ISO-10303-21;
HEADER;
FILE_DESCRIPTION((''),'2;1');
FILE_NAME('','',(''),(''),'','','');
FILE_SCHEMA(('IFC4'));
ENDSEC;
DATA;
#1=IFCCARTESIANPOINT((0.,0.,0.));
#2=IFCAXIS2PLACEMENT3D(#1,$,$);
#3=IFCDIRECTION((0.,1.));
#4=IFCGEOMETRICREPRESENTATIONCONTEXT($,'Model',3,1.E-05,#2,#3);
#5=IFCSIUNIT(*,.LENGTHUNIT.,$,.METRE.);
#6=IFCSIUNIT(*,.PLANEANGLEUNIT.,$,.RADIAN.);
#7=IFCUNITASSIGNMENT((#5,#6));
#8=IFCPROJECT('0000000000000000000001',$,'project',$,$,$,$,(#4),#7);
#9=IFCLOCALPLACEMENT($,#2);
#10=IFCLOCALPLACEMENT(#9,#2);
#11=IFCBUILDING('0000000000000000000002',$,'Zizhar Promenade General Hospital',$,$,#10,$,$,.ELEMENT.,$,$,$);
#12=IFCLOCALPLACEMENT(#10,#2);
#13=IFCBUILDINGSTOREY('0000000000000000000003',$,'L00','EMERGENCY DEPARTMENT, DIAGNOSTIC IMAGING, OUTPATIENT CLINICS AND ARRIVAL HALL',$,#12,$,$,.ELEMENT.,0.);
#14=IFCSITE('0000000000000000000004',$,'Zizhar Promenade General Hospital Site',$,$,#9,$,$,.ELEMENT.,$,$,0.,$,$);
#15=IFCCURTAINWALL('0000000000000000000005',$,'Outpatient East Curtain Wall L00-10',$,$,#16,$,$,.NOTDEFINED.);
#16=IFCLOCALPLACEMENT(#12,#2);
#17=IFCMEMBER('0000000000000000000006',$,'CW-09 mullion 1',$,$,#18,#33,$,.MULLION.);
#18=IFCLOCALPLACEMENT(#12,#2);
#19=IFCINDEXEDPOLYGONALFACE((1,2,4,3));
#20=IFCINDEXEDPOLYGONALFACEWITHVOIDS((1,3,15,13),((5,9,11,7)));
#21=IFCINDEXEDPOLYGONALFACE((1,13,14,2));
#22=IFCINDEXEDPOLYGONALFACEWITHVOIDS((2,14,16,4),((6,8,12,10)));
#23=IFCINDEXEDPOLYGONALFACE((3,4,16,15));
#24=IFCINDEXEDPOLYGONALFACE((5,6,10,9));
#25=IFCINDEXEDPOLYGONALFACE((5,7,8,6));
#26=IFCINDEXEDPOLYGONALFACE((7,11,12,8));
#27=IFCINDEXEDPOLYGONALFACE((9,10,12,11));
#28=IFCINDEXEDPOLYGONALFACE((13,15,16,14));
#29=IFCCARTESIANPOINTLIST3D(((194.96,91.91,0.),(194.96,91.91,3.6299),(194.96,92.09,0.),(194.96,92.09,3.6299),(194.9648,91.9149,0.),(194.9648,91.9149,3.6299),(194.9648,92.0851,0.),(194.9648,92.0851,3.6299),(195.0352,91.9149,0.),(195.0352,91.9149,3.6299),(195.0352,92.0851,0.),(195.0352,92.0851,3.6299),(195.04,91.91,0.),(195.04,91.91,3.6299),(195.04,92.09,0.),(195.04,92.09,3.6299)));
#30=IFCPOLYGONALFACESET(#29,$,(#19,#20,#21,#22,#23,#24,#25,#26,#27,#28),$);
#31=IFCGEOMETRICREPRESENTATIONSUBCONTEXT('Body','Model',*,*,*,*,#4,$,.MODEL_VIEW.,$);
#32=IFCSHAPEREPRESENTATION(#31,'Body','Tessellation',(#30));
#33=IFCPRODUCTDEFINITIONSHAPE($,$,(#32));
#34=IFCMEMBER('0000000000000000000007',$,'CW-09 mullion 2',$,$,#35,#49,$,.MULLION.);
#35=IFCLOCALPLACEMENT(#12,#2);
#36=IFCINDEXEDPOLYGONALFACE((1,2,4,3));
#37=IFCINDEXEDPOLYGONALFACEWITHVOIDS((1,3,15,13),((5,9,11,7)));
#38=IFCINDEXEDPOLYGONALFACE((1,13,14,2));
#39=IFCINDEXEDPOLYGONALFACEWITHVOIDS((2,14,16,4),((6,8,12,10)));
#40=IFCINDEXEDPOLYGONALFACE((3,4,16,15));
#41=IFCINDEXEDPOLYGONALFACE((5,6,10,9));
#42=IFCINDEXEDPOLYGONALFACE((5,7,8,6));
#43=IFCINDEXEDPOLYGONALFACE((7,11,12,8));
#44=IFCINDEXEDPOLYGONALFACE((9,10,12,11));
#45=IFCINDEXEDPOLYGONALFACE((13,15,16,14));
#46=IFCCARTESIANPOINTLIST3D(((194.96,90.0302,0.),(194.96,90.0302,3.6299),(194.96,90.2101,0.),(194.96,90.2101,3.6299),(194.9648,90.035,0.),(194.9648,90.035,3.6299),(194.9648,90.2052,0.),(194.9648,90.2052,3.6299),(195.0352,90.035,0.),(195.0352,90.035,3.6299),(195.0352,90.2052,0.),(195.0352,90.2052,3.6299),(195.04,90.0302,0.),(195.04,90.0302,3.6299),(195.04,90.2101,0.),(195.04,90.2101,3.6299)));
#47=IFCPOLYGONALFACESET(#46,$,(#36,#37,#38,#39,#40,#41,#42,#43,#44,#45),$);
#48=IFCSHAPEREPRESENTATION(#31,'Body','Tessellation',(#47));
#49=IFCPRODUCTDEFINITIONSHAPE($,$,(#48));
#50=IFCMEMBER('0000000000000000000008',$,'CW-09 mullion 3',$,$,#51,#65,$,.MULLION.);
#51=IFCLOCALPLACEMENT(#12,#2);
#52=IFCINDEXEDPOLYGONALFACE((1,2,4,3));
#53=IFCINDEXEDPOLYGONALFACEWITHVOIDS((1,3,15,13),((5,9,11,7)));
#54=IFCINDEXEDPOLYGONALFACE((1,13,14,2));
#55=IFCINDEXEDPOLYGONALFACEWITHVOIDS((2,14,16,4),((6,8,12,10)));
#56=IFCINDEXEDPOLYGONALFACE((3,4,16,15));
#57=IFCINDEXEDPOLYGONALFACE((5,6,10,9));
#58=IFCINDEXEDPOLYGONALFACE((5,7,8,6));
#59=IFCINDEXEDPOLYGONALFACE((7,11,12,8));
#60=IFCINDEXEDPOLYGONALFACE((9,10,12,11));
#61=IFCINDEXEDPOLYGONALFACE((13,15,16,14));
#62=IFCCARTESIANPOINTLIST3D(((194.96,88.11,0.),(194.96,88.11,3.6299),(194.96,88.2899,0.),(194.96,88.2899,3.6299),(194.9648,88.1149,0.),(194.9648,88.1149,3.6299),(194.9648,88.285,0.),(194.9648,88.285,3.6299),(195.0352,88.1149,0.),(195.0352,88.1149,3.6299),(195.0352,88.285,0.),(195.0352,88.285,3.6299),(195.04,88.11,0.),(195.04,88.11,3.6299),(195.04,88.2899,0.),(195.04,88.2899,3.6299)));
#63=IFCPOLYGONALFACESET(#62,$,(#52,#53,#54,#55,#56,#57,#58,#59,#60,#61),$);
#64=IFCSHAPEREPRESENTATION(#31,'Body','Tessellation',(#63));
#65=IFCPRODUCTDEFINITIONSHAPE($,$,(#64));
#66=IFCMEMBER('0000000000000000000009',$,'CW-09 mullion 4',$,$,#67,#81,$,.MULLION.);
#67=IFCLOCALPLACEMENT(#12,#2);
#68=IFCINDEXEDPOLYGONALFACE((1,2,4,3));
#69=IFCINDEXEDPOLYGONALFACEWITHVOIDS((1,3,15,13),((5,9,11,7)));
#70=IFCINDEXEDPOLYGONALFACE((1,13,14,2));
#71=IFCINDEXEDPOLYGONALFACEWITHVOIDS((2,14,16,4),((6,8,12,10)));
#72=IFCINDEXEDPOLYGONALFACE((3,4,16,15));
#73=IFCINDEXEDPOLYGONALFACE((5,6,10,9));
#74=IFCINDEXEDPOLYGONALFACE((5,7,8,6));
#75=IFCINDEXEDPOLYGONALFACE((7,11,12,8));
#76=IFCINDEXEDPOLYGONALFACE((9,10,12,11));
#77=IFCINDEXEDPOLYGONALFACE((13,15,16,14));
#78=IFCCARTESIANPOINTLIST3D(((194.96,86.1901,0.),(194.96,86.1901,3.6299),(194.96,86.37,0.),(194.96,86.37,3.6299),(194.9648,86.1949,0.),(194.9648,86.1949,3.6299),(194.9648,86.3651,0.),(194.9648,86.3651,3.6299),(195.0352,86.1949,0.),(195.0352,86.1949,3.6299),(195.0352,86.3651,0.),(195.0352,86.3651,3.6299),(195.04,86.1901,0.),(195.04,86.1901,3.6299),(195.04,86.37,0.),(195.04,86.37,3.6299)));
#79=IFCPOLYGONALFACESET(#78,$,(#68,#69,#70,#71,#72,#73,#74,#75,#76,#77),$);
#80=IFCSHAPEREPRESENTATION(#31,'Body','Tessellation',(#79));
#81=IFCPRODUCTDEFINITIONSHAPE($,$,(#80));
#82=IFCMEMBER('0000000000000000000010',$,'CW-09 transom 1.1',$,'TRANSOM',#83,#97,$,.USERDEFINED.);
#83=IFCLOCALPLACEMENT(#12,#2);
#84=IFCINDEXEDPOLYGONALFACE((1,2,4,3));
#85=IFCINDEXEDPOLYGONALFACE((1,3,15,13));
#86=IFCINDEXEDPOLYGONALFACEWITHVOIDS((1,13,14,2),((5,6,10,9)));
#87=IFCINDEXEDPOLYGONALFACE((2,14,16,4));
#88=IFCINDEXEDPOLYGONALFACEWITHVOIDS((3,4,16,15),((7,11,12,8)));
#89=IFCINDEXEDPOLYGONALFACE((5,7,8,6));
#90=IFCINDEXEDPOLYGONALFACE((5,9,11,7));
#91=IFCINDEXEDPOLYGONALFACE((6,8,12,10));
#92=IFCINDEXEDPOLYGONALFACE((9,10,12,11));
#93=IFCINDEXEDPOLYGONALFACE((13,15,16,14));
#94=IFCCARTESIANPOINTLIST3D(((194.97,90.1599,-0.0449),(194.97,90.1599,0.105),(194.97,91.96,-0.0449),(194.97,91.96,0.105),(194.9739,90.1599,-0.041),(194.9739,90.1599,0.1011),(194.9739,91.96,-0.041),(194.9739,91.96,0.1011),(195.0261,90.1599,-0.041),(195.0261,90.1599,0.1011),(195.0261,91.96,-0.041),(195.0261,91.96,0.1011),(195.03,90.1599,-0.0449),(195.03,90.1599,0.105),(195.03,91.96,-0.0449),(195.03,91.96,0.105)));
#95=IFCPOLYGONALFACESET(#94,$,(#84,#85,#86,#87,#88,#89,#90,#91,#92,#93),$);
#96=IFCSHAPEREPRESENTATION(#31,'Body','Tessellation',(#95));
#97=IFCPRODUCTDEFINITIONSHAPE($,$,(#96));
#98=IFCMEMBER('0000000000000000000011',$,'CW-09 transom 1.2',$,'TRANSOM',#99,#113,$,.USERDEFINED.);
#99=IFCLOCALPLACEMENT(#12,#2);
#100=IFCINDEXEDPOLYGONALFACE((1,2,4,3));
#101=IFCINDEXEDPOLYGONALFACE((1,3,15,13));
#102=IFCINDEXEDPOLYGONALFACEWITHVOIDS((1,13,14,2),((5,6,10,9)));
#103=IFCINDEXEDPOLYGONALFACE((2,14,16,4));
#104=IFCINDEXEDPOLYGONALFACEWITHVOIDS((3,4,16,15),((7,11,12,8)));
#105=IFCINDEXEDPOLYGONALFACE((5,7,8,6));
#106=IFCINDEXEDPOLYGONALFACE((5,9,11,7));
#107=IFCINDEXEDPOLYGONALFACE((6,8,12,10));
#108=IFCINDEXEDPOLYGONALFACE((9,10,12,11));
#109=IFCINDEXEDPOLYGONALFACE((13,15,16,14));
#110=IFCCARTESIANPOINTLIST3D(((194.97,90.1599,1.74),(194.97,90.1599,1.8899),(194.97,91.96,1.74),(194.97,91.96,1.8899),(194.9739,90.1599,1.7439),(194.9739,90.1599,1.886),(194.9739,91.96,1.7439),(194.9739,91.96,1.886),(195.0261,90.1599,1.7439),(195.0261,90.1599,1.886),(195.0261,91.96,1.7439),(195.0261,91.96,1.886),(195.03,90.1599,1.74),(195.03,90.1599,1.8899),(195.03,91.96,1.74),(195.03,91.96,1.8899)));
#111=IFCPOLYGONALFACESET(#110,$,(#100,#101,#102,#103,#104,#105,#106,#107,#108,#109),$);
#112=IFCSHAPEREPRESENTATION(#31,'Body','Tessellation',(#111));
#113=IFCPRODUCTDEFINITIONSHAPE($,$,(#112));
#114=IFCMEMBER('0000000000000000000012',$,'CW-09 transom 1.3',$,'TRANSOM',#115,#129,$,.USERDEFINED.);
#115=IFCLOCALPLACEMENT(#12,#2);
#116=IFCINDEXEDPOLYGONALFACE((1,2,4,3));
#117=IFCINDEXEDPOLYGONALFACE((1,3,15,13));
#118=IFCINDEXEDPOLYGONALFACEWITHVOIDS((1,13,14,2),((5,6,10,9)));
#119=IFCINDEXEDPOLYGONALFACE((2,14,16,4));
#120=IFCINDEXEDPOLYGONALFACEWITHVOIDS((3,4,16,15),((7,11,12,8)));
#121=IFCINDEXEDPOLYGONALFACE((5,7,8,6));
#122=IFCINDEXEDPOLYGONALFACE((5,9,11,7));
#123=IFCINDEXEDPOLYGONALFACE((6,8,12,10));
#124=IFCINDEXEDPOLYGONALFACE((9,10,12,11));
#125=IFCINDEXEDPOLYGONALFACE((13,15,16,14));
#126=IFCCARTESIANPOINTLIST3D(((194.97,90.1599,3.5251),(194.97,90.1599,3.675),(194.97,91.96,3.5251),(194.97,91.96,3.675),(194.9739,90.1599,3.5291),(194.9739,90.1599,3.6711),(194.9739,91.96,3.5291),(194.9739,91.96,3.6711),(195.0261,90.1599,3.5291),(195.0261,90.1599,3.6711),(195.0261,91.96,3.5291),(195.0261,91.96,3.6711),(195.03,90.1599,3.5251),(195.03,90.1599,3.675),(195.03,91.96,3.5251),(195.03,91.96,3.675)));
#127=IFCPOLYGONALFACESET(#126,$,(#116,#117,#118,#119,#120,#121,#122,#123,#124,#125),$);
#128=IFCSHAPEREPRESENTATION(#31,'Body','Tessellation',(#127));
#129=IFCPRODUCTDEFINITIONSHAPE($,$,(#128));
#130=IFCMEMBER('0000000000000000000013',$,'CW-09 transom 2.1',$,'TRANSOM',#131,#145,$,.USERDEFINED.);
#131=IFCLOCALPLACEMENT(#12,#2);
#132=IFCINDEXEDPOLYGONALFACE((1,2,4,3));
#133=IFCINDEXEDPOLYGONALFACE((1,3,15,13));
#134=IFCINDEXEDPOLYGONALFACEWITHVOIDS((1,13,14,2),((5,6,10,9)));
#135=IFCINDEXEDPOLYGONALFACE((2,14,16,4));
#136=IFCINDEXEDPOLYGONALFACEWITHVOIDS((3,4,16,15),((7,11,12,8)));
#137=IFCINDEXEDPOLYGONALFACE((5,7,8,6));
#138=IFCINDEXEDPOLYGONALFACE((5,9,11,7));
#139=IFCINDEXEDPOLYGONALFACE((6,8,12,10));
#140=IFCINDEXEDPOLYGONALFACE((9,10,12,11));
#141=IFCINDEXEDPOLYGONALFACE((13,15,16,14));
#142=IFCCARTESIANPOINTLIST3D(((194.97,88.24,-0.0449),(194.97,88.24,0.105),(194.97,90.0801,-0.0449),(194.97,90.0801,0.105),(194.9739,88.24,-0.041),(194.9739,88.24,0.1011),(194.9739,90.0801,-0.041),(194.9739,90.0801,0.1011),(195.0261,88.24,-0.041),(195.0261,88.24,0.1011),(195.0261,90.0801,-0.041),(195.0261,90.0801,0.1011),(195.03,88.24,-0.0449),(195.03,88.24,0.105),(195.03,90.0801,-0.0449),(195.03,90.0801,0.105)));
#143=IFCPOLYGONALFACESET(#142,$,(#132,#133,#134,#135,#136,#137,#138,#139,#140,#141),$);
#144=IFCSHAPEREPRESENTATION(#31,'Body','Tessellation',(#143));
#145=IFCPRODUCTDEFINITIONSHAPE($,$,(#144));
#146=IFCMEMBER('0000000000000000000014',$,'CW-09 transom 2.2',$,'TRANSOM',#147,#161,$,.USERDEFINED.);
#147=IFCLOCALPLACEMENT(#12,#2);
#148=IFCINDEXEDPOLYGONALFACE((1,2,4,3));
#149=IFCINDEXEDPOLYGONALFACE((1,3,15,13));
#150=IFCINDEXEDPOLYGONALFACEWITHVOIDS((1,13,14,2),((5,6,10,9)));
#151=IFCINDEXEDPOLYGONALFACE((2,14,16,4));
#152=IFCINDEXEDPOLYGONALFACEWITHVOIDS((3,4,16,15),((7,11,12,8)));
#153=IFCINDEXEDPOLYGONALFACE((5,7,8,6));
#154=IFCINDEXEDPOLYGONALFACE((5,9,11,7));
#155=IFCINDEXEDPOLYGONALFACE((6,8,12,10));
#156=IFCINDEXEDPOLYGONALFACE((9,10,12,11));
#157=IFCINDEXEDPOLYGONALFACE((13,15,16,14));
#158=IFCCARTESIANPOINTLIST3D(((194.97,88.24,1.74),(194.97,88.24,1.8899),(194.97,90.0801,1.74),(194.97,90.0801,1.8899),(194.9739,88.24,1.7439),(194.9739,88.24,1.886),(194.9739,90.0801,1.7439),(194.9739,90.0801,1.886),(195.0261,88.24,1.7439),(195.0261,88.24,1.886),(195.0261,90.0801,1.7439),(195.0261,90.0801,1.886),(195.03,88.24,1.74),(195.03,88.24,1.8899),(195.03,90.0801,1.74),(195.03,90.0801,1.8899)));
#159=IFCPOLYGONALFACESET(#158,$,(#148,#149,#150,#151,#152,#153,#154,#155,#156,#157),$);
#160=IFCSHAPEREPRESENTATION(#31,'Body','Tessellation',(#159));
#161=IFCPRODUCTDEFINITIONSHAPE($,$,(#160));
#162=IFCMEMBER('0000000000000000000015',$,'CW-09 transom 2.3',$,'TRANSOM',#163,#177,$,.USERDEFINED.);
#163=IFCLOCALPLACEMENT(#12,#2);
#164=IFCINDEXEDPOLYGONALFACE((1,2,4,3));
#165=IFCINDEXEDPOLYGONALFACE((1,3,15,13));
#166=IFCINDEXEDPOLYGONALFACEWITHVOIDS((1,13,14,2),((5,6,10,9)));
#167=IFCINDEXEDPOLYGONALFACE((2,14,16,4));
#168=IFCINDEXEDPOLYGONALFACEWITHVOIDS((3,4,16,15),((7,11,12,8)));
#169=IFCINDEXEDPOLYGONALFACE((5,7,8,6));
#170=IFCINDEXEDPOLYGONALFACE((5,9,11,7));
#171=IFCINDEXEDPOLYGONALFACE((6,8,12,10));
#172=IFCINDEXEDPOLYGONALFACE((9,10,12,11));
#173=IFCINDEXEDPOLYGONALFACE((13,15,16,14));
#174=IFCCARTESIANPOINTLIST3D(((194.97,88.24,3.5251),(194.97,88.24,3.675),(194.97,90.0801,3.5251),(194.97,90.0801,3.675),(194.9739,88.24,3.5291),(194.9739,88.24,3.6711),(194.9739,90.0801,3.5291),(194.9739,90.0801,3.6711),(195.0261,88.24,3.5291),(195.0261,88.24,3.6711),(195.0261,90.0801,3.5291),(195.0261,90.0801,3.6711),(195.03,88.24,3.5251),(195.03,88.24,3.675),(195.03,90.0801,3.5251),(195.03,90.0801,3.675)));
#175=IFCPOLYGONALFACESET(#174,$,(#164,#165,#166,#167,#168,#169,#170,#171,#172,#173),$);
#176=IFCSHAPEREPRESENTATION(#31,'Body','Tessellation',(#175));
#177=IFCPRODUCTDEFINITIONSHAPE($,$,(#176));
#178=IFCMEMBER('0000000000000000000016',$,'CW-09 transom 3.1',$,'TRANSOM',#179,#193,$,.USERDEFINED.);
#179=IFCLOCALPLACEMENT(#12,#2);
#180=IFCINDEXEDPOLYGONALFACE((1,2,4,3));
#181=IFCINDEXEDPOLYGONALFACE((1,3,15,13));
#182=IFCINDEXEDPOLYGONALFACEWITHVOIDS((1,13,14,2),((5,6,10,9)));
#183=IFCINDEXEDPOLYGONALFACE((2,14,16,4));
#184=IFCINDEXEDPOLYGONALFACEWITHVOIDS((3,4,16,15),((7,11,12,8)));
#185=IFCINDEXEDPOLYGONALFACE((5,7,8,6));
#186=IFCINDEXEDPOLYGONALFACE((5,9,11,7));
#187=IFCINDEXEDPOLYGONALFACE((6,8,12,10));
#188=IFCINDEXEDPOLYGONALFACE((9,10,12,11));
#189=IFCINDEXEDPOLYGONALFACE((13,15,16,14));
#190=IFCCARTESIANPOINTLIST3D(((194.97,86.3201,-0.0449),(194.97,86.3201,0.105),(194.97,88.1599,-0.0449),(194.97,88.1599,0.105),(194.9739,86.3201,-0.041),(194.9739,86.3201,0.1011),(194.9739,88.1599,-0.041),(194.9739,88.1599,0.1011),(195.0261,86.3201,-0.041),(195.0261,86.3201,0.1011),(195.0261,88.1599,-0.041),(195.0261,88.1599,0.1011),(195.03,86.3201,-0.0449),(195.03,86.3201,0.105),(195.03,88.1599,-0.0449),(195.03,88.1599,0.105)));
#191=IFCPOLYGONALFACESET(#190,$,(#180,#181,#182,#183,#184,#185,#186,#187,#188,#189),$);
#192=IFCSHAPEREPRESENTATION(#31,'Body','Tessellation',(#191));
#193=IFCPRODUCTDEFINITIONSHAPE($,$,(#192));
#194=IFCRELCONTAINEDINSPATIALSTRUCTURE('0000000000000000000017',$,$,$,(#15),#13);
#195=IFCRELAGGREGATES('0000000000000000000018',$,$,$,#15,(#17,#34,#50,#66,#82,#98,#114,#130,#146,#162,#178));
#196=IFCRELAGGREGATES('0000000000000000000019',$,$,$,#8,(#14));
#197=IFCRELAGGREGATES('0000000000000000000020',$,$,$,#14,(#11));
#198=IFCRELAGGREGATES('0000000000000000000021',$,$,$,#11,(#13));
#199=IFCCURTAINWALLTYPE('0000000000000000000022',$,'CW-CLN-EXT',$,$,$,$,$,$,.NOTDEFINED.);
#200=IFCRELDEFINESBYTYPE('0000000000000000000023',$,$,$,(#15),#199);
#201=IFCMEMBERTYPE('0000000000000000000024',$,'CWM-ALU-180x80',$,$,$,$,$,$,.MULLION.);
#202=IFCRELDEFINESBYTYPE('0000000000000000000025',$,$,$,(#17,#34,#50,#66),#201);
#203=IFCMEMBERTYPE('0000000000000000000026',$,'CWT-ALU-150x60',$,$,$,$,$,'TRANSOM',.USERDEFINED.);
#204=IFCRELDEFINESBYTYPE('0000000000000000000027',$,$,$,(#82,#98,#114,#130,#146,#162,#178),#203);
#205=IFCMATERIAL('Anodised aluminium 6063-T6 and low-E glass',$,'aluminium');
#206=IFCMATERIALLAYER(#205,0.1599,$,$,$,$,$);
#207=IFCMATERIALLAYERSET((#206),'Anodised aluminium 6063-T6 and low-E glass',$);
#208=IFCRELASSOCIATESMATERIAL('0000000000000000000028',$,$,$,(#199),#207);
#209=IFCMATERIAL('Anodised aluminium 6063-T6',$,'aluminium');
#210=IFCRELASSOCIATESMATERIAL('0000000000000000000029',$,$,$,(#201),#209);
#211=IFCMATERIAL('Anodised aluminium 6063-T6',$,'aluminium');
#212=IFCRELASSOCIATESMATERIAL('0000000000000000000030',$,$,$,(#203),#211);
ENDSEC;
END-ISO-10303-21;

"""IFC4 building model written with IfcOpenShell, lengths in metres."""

from ifc_helpers import new_model, si_unit, direction, frame, origin, origin_2d, place, context, subcontext, project, spatial, hollow_rectangle, extrude, material, layer, layer_set, material_profile, profile_set, type_object, element, aggregate, save


model = new_model("IFC4")

# Units and contexts
model_context = context("Model", 3, precision=1e-05, world=origin(), true_north=direction((0.0, 1.0)))
body_context = subcontext(model_context, "Body", "Model", "MODEL_VIEW")
ifc_project = project(units=[si_unit("LENGTHUNIT", "METRE"), si_unit("PLANEANGLEUNIT", "RADIAN")], contexts=[model_context])

# Site, building, storey
site_placement = place(None, origin())
site = spatial("IfcSite", under=ifc_project, at=site_placement, Name="Zizhar Promenade General Hospital Site", CompositionType="ELEMENT", RefElevation=0.0)
building_placement = place(site_placement, origin())
building = spatial("IfcBuilding", under=site, at=building_placement, Name="Zizhar Promenade General Hospital", CompositionType="ELEMENT")
storey_placement = place(building_placement, origin())
storey = spatial("IfcBuildingStorey", under=building, at=storey_placement, Name="L00", Description="EMERGENCY DEPARTMENT, DIAGNOSTIC IMAGING, OUTPATIENT CLINICS AND ARRIVAL HALL", CompositionType="ELEMENT", Elevation=0.0)

# Curtain wall, members
ifc_material_1 = material(Name="Anodised aluminium 6063-T6 and low-E glass", Category="aluminium")
ifc_layer_1 = layer(ifc_material_1, 0.1599)
ifc_layer_set_1 = layer_set([ifc_layer_1], Name="Anodised aluminium 6063-T6 and low-E glass")
curtain_wall_type = type_object("IfcCurtainWallType", Name="CW-CLN-EXT", PredefinedType="NOTDEFINED", material=ifc_layer_set_1)
curtain_wall_placement = place(storey_placement, origin())
curtain_wall = element("IfcCurtainWall", 1, at=curtain_wall_placement, inside=storey, type_object=curtain_wall_type, Name="Outpatient East Curtain Wall L00-10", PredefinedType="NOTDEFINED")
ifc_material_2 = material(Name="Anodised aluminium 6063-T6", Category="aluminium")
ifc_material_profile_1 = material_profile(ifc_material_2, hollow_rectangle(XDim=0.0801, YDim=0.1799, WallThickness=0.0049, at=origin_2d()))
ifc_profile_set_1 = profile_set([ifc_material_profile_1], Name="Anodised aluminium 6063-T6")
member_type_1 = type_object("IfcMemberType", Name="CWM-ALU-180x80", PredefinedType="MULLION", material=ifc_profile_set_1)
member_1_placement = place(storey_placement, frame((195.0, 92.0, 0.0), z_axis=(0.0, 0.0, 1.0), x_axis=(1.0, 0.0, 0.0)))
member_1 = element("IfcMember", 2, at=member_1_placement, type_object=member_type_1, Name="CW-09 mullion 1", PredefinedType="MULLION", context=body_context, shape_type="SweptSolid", body=[
    extrude(hollow_rectangle(XDim=0.0801, YDim=0.1799, WallThickness=0.0049, at=origin_2d()), origin(), (0.0, 0.0, 1.0), 3.6299),
])
member_2_placement = place(storey_placement, frame((195.0, 90.1201, 0.0), z_axis=(0.0, 0.0, 1.0), x_axis=(1.0, 0.0, 0.0)))
member_2 = element("IfcMember", 3, at=member_2_placement, type_object=member_type_1, Name="CW-09 mullion 2", PredefinedType="MULLION", context=body_context, shape_type="SweptSolid", body=[
    extrude(hollow_rectangle(XDim=0.0801, YDim=0.1799, WallThickness=0.0049, at=origin_2d()), origin(), (0.0, 0.0, 1.0), 3.6299),
])
member_3_placement = place(storey_placement, frame((195.0, 88.2, 0.0), z_axis=(0.0, 0.0, 1.0), x_axis=(1.0, 0.0, 0.0)))
member_3 = element("IfcMember", 4, at=member_3_placement, type_object=member_type_1, Name="CW-09 mullion 3", PredefinedType="MULLION", context=body_context, shape_type="SweptSolid", body=[
    extrude(hollow_rectangle(XDim=0.0801, YDim=0.1799, WallThickness=0.0049, at=origin_2d()), origin(), (0.0, 0.0, 1.0), 3.6299),
])
member_4_placement = place(storey_placement, frame((195.0, 86.28, 0.0), z_axis=(0.0, 0.0, 1.0), x_axis=(1.0, 0.0, 0.0)))
member_4 = element("IfcMember", 5, at=member_4_placement, type_object=member_type_1, Name="CW-09 mullion 4", PredefinedType="MULLION", context=body_context, shape_type="SweptSolid", body=[
    extrude(hollow_rectangle(XDim=0.0801, YDim=0.1799, WallThickness=0.0049, at=origin_2d()), origin(), (0.0, 0.0, 1.0), 3.6299),
])
ifc_material_3 = material(Name="Anodised aluminium 6063-T6", Category="aluminium")
ifc_material_profile_2 = material_profile(ifc_material_3, hollow_rectangle(XDim=0.0601, YDim=0.1499, WallThickness=0.0039, at=origin_2d()))
ifc_profile_set_2 = profile_set([ifc_material_profile_2], Name="Anodised aluminium 6063-T6")
member_type_2 = type_object("IfcMemberType", Name="CWT-ALU-150x60", ElementType="TRANSOM", PredefinedType="USERDEFINED", material=ifc_profile_set_2)
member_5_placement = place(storey_placement, frame((195.0, 91.96, 0.03), z_axis=(0.0, -1.0, 0.0), x_axis=(1.0, 0.0, 0.0)))
member_5 = element("IfcMember", 6, at=member_5_placement, type_object=member_type_2, Name="CW-09 transom 1.1", ObjectType="TRANSOM", PredefinedType="USERDEFINED", context=body_context, shape_type="SweptSolid", body=[
    extrude(hollow_rectangle(XDim=0.0601, YDim=0.1499, WallThickness=0.0039, at=origin_2d()), origin(), (0.0, 0.0, 1.0), 1.8),
])
member_6_placement = place(storey_placement, frame((195.0, 91.96, 1.8149), z_axis=(0.0, -1.0, 0.0), x_axis=(1.0, 0.0, 0.0)))
member_6 = element("IfcMember", 7, at=member_6_placement, type_object=member_type_2, Name="CW-09 transom 1.2", ObjectType="TRANSOM", PredefinedType="USERDEFINED", context=body_context, shape_type="SweptSolid", body=[
    extrude(hollow_rectangle(XDim=0.0601, YDim=0.1499, WallThickness=0.0039, at=origin_2d()), origin(), (0.0, 0.0, 1.0), 1.8),
])
member_7_placement = place(storey_placement, frame((195.0, 91.96, 3.6001), z_axis=(0.0, -1.0, 0.0), x_axis=(1.0, 0.0, 0.0)))
member_7 = element("IfcMember", 8, at=member_7_placement, type_object=member_type_2, Name="CW-09 transom 1.3", ObjectType="TRANSOM", PredefinedType="USERDEFINED", context=body_context, shape_type="SweptSolid", body=[
    extrude(hollow_rectangle(XDim=0.0601, YDim=0.1499, WallThickness=0.0039, at=origin_2d()), origin(), (0.0, 0.0, 1.0), 1.8),
])
member_8_placement = place(storey_placement, frame((195.0, 90.0801, 0.03), z_axis=(0.0, -1.0, 0.0), x_axis=(1.0, 0.0, 0.0)))
member_8 = element("IfcMember", 9, at=member_8_placement, type_object=member_type_2, Name="CW-09 transom 2.1", ObjectType="TRANSOM", PredefinedType="USERDEFINED", context=body_context, shape_type="SweptSolid", body=[
    extrude(hollow_rectangle(XDim=0.0601, YDim=0.1499, WallThickness=0.0039, at=origin_2d()), origin(), (0.0, 0.0, 1.0), 1.8401),
])
member_9_placement = place(storey_placement, frame((195.0, 90.0801, 1.8149), z_axis=(0.0, -1.0, 0.0), x_axis=(1.0, 0.0, 0.0)))
member_9 = element("IfcMember", 10, at=member_9_placement, type_object=member_type_2, Name="CW-09 transom 2.2", ObjectType="TRANSOM", PredefinedType="USERDEFINED", context=body_context, shape_type="SweptSolid", body=[
    extrude(hollow_rectangle(XDim=0.0601, YDim=0.1499, WallThickness=0.0039, at=origin_2d()), origin(), (0.0, 0.0, 1.0), 1.8401),
])
member_10_placement = place(storey_placement, frame((195.0, 90.0801, 3.6001), z_axis=(0.0, -1.0, 0.0), x_axis=(1.0, 0.0, 0.0)))
member_10 = element("IfcMember", 11, at=member_10_placement, type_object=member_type_2, Name="CW-09 transom 2.3", ObjectType="TRANSOM", PredefinedType="USERDEFINED", context=body_context, shape_type="SweptSolid", body=[
    extrude(hollow_rectangle(XDim=0.0601, YDim=0.1499, WallThickness=0.0039, at=origin_2d()), origin(), (0.0, 0.0, 1.0), 1.8401),
])
member_11_placement = place(storey_placement, frame((195.0, 88.1599, 0.03), z_axis=(0.0, -1.0, 0.0), x_axis=(1.0, 0.0, 0.0)))
member_11 = element("IfcMember", 12, at=member_11_placement, type_object=member_type_2, Name="CW-09 transom 3.1", ObjectType="TRANSOM", PredefinedType="USERDEFINED", context=body_context, shape_type="SweptSolid", body=[
    extrude(hollow_rectangle(XDim=0.0601, YDim=0.1499, WallThickness=0.0039, at=origin_2d()), origin(), (0.0, 0.0, 1.0), 1.8398),
])
aggregate(curtain_wall, [member_1, member_2, member_3, member_4, member_5, member_6, member_7, member_8, member_9, member_10, member_11])

save(model, "model.ifc")
